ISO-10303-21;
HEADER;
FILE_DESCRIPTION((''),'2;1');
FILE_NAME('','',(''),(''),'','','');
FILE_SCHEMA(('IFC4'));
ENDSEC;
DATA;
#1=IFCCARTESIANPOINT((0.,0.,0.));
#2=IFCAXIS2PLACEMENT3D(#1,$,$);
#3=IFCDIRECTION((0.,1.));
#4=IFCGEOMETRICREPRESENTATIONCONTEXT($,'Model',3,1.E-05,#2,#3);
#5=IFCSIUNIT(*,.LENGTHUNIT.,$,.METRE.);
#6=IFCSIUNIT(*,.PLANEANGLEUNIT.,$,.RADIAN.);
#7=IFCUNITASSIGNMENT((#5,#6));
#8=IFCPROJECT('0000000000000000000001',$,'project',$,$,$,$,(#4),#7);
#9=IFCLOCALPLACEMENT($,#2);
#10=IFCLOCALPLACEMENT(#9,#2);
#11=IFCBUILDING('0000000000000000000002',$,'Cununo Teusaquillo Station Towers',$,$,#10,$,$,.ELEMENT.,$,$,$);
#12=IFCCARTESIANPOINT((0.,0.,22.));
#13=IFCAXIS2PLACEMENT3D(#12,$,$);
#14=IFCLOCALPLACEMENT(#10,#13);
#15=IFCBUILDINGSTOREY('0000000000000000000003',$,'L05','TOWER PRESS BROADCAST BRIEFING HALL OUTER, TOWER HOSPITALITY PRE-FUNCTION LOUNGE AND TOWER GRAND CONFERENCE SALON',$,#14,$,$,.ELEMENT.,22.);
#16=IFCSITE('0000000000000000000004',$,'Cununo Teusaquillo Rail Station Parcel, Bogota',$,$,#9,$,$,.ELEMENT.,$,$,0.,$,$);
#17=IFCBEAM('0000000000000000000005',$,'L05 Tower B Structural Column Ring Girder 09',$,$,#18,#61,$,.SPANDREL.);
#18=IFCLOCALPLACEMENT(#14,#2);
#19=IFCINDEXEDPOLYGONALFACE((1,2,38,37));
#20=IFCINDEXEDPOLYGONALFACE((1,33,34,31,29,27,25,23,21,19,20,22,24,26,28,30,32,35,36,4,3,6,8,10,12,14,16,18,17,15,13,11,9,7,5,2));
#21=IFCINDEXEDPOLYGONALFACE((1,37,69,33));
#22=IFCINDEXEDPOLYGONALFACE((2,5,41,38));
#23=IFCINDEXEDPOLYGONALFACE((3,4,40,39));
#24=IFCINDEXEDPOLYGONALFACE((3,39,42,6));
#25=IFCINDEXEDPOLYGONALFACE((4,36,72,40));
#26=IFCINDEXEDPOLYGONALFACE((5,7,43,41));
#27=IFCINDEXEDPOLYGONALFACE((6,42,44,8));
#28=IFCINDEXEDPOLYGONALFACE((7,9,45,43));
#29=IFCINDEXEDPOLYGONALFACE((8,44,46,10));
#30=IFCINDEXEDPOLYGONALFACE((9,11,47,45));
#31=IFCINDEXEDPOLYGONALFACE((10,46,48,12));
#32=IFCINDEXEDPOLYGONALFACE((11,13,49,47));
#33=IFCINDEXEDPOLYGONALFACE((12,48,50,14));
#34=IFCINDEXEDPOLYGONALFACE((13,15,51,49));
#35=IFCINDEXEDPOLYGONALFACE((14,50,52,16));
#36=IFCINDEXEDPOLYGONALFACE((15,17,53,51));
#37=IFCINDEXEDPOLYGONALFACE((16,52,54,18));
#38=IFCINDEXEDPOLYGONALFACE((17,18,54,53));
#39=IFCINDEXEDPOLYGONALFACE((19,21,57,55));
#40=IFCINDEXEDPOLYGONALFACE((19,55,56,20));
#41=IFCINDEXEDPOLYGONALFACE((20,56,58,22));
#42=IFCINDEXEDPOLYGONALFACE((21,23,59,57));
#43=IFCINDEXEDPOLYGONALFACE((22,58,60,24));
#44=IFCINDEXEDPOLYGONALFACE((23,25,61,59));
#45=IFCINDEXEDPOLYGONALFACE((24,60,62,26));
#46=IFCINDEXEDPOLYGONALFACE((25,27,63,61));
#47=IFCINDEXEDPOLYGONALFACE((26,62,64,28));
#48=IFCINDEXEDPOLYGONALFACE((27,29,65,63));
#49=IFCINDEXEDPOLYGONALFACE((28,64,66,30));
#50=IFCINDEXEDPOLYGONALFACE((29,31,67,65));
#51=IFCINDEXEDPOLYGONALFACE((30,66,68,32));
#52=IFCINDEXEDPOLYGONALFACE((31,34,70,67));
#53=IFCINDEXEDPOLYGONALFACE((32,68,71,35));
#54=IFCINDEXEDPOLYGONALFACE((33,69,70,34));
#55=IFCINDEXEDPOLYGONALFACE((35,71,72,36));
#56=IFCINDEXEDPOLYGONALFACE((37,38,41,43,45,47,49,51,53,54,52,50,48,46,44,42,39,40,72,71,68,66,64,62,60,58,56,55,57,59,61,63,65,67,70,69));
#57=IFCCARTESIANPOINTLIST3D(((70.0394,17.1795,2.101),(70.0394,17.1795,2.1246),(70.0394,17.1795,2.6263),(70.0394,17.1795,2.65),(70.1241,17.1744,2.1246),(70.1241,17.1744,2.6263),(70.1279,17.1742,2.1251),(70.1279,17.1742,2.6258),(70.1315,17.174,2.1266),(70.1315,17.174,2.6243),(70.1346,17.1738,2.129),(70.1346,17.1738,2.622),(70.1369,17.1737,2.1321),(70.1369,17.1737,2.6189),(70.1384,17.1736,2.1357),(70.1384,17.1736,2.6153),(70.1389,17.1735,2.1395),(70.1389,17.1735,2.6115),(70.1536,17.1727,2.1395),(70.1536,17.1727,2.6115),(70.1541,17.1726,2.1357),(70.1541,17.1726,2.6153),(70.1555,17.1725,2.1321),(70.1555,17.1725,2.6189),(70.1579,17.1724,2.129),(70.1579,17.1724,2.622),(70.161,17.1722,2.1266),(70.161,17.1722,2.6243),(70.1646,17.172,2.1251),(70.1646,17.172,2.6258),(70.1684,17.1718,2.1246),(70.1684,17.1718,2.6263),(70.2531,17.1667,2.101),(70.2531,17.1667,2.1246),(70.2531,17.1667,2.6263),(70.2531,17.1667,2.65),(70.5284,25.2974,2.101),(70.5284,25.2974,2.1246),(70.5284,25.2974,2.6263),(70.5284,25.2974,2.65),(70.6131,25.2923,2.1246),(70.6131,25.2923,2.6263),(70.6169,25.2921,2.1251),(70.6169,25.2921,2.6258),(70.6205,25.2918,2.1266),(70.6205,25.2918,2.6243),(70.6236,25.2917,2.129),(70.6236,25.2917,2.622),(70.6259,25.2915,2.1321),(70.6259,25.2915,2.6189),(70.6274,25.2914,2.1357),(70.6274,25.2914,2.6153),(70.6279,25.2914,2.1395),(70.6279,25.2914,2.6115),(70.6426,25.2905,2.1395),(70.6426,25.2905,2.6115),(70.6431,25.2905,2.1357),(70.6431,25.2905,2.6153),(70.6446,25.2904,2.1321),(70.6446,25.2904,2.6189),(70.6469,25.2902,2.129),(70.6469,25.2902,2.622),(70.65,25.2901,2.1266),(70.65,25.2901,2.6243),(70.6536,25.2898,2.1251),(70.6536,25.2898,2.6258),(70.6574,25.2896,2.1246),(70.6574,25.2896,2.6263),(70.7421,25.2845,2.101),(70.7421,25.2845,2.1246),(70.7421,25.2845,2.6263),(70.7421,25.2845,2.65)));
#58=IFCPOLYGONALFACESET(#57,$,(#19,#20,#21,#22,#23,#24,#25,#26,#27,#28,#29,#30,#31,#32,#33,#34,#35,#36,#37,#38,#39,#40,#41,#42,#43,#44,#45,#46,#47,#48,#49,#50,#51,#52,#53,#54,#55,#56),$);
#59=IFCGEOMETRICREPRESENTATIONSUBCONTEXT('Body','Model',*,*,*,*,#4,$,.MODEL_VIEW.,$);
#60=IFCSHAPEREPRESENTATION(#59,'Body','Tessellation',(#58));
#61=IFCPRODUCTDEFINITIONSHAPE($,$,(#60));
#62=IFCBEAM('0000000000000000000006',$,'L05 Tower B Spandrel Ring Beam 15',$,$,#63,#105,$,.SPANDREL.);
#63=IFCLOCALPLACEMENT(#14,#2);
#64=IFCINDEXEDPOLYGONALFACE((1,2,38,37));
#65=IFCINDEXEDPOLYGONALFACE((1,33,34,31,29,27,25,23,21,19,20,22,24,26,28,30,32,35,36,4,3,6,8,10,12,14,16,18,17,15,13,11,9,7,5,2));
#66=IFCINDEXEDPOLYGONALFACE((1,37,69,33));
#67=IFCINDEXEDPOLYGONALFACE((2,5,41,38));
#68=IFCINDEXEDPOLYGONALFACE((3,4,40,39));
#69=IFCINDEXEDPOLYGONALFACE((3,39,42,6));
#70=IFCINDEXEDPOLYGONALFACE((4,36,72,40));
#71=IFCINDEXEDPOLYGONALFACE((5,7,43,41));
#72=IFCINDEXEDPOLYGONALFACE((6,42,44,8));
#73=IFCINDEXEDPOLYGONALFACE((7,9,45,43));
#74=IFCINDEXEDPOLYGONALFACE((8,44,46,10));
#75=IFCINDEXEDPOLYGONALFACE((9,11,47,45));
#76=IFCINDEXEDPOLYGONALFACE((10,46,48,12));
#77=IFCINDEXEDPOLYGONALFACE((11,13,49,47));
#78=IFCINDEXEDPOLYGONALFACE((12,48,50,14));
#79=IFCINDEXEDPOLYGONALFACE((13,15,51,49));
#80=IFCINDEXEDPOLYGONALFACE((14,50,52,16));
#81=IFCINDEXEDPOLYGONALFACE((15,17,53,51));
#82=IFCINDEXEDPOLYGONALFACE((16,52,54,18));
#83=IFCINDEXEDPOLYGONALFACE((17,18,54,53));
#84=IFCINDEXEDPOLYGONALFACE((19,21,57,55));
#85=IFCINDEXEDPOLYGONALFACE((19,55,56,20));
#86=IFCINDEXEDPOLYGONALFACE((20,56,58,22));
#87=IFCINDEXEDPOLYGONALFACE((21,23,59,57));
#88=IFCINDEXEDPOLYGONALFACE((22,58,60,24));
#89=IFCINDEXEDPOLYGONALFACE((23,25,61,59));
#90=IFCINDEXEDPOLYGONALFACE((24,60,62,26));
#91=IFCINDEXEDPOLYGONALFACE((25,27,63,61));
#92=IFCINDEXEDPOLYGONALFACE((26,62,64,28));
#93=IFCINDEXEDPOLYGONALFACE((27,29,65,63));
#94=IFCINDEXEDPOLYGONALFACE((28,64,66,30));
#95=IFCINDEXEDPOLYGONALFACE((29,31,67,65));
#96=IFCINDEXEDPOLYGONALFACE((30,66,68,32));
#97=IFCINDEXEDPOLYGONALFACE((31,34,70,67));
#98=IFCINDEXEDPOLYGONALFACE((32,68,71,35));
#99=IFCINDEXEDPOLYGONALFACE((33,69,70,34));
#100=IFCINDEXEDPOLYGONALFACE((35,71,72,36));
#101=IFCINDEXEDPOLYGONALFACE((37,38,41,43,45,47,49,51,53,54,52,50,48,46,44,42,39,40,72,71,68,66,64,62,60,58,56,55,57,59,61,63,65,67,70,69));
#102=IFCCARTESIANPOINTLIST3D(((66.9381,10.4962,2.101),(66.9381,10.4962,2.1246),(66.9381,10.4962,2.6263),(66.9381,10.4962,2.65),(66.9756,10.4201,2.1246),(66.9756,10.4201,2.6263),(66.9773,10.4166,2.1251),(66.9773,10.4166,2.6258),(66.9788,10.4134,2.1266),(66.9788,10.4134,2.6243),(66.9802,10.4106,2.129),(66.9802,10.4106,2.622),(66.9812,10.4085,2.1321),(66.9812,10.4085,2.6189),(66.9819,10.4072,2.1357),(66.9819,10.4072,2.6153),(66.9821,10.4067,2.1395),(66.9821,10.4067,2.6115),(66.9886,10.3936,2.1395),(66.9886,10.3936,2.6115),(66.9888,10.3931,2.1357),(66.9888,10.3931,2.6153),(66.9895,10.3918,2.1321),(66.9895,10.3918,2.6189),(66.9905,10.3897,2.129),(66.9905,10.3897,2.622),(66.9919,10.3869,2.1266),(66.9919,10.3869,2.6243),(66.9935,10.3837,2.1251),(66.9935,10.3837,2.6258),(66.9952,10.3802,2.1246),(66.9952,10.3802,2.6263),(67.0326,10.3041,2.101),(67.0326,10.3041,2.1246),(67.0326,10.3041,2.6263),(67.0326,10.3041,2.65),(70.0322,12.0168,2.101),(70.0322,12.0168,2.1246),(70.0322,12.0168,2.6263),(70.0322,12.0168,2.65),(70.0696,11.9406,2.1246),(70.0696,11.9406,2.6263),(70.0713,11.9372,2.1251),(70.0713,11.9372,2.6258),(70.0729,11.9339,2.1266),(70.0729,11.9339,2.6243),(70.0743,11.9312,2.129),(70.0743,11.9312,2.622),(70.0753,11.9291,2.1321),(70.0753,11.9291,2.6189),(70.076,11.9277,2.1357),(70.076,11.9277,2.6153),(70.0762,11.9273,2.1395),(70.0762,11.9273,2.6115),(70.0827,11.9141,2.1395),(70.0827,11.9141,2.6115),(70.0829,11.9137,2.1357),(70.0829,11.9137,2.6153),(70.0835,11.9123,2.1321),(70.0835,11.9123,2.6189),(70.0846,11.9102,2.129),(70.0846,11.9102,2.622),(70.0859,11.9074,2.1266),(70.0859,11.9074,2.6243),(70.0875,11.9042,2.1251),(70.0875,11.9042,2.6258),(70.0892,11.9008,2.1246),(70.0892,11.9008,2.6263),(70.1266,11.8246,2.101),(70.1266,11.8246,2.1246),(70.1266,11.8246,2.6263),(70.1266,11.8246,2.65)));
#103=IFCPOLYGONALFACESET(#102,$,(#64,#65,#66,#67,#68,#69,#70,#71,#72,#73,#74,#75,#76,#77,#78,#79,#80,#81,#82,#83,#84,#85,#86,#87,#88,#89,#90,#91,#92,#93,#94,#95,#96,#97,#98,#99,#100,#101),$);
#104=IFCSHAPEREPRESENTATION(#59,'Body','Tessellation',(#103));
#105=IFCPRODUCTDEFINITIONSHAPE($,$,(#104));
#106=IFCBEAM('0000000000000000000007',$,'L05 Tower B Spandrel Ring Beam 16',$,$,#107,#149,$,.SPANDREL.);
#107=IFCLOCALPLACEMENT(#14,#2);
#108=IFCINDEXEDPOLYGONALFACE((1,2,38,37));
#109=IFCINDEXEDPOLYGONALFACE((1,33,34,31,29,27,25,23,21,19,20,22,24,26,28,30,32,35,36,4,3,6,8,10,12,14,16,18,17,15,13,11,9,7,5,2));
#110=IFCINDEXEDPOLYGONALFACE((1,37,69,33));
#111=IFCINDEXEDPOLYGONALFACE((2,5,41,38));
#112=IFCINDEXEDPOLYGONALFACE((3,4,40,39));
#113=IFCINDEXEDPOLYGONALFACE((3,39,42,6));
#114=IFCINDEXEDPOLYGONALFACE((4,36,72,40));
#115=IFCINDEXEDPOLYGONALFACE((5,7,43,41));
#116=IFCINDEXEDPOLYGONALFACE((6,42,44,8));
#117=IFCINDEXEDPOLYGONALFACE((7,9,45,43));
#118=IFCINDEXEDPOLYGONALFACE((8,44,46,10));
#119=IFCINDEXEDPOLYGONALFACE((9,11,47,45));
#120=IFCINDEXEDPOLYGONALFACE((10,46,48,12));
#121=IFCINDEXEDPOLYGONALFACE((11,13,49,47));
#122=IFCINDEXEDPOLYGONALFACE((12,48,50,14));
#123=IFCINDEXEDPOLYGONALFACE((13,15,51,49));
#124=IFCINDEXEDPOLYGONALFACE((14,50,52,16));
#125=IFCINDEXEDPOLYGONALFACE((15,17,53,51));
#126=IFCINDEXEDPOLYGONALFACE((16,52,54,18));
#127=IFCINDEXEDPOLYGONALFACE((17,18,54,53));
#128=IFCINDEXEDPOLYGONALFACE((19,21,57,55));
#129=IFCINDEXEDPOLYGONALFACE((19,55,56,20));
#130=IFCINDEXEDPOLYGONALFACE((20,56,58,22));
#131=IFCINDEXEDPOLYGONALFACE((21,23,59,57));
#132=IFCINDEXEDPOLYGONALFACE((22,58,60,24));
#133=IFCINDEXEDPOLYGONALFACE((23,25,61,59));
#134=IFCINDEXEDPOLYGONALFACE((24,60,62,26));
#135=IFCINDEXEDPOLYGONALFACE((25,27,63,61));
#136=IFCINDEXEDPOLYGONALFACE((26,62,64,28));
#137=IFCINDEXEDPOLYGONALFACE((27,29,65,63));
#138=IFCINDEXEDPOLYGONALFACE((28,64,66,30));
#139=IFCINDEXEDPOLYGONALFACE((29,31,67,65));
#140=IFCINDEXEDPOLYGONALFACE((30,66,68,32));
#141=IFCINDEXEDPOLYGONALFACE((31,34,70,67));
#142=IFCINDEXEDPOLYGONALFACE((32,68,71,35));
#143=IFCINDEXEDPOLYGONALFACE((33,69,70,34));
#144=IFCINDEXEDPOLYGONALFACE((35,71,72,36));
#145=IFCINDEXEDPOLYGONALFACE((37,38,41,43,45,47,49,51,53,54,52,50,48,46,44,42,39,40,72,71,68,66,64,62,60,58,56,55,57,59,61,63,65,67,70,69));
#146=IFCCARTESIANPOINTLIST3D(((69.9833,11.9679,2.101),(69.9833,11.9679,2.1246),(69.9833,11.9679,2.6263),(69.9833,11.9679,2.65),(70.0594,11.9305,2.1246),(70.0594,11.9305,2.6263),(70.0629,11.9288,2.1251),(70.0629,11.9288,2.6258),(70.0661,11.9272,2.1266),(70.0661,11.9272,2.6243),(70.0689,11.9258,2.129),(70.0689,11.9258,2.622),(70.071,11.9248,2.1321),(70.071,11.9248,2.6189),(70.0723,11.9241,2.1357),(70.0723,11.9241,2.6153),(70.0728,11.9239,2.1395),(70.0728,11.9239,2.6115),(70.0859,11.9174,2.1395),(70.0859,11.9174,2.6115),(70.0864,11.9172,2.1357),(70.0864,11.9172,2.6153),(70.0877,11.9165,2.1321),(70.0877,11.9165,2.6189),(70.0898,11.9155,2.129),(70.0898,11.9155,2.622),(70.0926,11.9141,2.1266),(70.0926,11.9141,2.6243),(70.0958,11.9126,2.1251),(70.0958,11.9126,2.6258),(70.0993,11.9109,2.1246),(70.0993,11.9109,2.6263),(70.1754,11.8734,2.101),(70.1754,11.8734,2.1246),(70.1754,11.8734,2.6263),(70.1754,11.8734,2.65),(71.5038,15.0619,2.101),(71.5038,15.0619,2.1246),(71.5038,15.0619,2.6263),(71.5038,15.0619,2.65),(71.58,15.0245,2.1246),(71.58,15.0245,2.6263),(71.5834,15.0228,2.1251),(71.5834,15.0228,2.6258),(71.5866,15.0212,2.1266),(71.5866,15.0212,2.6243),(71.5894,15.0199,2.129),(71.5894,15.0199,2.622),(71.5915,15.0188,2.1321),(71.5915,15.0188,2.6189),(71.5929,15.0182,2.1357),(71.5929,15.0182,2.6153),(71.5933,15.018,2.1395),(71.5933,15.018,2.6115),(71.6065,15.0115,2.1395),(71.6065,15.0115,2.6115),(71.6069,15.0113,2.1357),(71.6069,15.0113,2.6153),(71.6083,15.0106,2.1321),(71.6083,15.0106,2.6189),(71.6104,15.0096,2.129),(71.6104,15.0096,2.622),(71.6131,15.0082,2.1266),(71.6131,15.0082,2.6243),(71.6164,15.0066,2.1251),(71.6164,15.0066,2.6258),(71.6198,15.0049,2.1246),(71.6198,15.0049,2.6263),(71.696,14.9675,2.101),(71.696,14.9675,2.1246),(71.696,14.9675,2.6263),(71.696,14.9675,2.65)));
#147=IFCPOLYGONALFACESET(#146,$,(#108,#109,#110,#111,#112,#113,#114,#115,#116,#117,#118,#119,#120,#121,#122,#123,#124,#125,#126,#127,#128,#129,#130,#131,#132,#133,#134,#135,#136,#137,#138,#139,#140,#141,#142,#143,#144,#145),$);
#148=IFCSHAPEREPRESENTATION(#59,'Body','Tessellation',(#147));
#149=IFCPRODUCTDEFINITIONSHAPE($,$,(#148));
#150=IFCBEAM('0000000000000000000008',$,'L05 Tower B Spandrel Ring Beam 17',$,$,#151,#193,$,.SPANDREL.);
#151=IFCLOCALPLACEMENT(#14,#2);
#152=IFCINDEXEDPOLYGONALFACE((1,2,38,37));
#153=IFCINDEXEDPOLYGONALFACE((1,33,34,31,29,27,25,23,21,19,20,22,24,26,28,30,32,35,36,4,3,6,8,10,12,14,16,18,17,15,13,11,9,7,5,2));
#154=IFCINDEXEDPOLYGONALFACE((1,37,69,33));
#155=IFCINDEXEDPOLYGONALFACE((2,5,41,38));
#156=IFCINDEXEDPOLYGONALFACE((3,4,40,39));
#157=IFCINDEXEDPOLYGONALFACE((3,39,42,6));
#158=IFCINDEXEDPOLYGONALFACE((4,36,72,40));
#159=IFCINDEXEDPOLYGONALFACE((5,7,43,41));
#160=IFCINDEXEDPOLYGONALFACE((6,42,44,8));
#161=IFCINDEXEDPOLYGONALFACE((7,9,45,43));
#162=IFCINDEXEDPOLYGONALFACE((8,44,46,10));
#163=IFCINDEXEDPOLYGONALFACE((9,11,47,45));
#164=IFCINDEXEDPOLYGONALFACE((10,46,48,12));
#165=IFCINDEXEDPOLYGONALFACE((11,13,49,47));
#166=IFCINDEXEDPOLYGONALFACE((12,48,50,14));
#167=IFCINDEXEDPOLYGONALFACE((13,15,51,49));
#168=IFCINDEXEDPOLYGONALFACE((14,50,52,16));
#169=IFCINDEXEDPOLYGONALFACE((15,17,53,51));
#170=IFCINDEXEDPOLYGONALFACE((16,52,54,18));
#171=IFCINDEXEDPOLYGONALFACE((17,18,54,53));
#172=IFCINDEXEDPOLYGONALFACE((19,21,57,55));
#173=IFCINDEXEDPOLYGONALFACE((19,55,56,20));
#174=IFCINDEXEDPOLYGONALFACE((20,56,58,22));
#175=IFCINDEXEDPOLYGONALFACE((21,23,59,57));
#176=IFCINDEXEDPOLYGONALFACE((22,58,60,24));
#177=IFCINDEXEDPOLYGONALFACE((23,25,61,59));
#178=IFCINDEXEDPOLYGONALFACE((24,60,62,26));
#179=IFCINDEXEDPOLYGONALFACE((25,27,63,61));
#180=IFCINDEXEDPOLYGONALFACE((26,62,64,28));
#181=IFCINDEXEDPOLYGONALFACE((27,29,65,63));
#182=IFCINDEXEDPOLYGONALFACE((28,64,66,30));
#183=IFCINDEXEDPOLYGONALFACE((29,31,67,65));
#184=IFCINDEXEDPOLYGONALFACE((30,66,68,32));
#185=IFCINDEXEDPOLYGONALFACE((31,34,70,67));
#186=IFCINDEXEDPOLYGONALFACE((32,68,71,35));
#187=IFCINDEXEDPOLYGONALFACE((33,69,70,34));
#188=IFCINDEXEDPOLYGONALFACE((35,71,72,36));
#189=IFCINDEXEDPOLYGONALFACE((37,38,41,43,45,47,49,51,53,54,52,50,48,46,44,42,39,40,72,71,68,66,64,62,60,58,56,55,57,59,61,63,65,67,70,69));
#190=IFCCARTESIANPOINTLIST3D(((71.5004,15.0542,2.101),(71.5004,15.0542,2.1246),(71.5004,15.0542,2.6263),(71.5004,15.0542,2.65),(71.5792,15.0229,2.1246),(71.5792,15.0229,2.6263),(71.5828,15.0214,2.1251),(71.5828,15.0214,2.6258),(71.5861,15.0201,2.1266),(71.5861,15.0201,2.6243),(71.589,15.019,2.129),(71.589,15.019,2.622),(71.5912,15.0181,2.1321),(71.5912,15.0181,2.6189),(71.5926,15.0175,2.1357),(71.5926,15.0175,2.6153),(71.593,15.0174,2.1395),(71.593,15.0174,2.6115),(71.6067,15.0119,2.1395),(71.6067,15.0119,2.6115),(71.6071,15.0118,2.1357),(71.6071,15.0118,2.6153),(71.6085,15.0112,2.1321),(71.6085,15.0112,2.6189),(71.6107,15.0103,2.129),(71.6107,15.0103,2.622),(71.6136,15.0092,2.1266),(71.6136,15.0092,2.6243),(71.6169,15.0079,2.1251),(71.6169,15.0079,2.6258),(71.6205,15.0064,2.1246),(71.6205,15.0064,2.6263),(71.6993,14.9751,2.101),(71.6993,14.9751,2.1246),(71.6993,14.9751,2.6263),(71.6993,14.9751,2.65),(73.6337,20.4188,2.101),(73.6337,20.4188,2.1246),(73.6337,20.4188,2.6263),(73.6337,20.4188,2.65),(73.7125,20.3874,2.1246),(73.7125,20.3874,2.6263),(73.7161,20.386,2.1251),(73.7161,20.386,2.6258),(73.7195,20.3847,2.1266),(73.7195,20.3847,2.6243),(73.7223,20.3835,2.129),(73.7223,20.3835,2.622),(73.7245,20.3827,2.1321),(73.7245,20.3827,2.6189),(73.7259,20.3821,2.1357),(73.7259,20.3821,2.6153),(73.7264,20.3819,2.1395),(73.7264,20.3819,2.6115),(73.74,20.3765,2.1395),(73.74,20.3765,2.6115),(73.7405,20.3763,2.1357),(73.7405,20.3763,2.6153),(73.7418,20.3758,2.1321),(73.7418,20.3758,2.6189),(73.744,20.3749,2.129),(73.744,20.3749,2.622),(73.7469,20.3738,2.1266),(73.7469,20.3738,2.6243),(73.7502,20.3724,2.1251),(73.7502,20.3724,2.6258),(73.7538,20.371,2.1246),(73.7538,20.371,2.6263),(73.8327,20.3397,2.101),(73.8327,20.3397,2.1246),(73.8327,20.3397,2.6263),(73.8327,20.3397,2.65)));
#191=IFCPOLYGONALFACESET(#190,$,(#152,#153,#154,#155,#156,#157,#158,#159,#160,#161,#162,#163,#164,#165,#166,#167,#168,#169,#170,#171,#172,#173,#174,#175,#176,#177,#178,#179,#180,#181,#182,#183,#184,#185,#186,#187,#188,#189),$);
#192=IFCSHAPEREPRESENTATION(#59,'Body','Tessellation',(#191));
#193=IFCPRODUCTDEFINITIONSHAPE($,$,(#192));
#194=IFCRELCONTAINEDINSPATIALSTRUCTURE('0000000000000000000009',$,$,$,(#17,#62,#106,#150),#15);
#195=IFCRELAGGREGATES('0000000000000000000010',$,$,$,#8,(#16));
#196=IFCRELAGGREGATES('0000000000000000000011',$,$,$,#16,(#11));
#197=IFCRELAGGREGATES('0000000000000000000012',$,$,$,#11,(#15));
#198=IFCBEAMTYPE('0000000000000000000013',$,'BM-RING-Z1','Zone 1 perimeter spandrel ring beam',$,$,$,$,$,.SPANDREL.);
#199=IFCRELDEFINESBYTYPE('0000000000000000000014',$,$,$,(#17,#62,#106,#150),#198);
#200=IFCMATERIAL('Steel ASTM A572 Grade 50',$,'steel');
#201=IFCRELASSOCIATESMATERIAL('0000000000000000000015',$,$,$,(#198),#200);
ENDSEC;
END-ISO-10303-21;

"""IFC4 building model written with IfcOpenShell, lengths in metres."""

from ifc_helpers import new_model, si_unit, direction, frame, origin, origin_2d, place, context, subcontext, project, spatial, i_section, extrude, material, material_profile, profile_set, type_object, element, save


model = new_model("IFC4")

# Units and contexts
model_context = context("Model", 3, precision=1e-05, world=origin(), true_north=direction((0.0, 1.0)))
body_context = subcontext(model_context, "Body", "Model", "MODEL_VIEW")
ifc_project = project(units=[si_unit("LENGTHUNIT", "METRE"), si_unit("PLANEANGLEUNIT", "RADIAN")], contexts=[model_context])

# Site, building, storey
site_placement = place(None, origin())
site = spatial("IfcSite", under=ifc_project, at=site_placement, Name="Cununo Teusaquillo Rail Station Parcel, Bogota", CompositionType="ELEMENT", RefElevation=0.0)
building_placement = place(site_placement, origin())
building = spatial("IfcBuilding", under=site, at=building_placement, Name="Cununo Teusaquillo Station Towers", CompositionType="ELEMENT")
storey_placement = place(building_placement, frame((0.0, 0.0, 22.0)))
storey = spatial("IfcBuildingStorey", under=building, at=storey_placement, Name="L05", Description="TOWER PRESS BROADCAST BRIEFING HALL OUTER, TOWER HOSPITALITY PRE-FUNCTION LOUNGE AND TOWER GRAND CONFERENCE SALON", CompositionType="ELEMENT", Elevation=22.0)

# Beams
ifc_material_1 = material(Name="Steel ASTM A572 Grade 50", Category="steel")
ifc_material_profile_1 = material_profile(ifc_material_1, i_section(OverallWidth=0.2141, OverallDepth=0.5491, WebThickness=0.0146, FlangeThickness=0.0237, FilletRadius=0.0149, at=origin_2d()), Name="W21X93")
ifc_profile_set_1 = profile_set([ifc_material_profile_1], Name="Steel ASTM A572 Grade 50")
beam_type_1 = type_object("IfcBeamType", Name="BM-RING-Z1", Description="Zone 1 perimeter spandrel ring beam", PredefinedType="SPANDREL", material=ifc_profile_set_1)
beam_1_placement = place(storey_placement, frame((70.1462, 17.1731, 2.3755), z_axis=(0.06013, 0.998191, 0.0), x_axis=(-0.998191, 0.06013, 0.0)))
element("IfcBeam", 1, at=beam_1_placement, inside=storey, type_object=beam_type_1, Name="L05 Tower B Structural Column Ring Girder 09", PredefinedType="SPANDREL", context=body_context, shape_type="SweptSolid", body=[
    extrude(i_section(OverallWidth=0.2141, OverallDepth=0.5491, WebThickness=0.0146, FlangeThickness=0.0237, FilletRadius=0.0149, at=origin_2d()), origin(), (0.0, 0.0, 1.0), 8.1326),
])
for number, where, z_axis, x_axis, name in (
    (2, (66.9854, 10.4001, 2.3755), (0.89748, 0.441056, 0.0), (-0.441056, 0.89748, 0.0), "L05 Tower B Spandrel Ring Beam 15"),
    (3, (70.0793, 11.9207, 2.3755), (0.441056, 0.89748, 0.0), (-0.89748, 0.441056, 0.0), "L05 Tower B Spandrel Ring Beam 16"),
):
    element("IfcBeam", number, at=place(storey_placement, frame(where, z_axis=z_axis, x_axis=x_axis)), inside=storey, type_object=beam_type_1, Name=name, PredefinedType="SPANDREL", context=body_context, shape_type="SweptSolid", body=[
        extrude(i_section(OverallWidth=0.2141, OverallDepth=0.5491, WebThickness=0.0146, FlangeThickness=0.0237, FilletRadius=0.0149, at=origin_2d()), origin(), (0.0, 0.0, 1.0), 3.4475),
    ])
beam_2_placement = place(storey_placement, frame((71.5999, 15.0146, 2.3755), z_axis=(0.369523, 0.929221, 0.0), x_axis=(-0.929221, 0.369523, 0.0)))
element("IfcBeam", 4, at=beam_2_placement, inside=storey, type_object=beam_type_1, Name="L05 Tower B Spandrel Ring Beam 17", PredefinedType="SPANDREL", context=body_context, shape_type="SweptSolid", body=[
    extrude(i_section(OverallWidth=0.2141, OverallDepth=0.5491, WebThickness=0.0146, FlangeThickness=0.0237, FilletRadius=0.0149, at=origin_2d()), origin(), (0.0, 0.0, 1.0), 5.7732),
])

save(model, "model.ifc")
